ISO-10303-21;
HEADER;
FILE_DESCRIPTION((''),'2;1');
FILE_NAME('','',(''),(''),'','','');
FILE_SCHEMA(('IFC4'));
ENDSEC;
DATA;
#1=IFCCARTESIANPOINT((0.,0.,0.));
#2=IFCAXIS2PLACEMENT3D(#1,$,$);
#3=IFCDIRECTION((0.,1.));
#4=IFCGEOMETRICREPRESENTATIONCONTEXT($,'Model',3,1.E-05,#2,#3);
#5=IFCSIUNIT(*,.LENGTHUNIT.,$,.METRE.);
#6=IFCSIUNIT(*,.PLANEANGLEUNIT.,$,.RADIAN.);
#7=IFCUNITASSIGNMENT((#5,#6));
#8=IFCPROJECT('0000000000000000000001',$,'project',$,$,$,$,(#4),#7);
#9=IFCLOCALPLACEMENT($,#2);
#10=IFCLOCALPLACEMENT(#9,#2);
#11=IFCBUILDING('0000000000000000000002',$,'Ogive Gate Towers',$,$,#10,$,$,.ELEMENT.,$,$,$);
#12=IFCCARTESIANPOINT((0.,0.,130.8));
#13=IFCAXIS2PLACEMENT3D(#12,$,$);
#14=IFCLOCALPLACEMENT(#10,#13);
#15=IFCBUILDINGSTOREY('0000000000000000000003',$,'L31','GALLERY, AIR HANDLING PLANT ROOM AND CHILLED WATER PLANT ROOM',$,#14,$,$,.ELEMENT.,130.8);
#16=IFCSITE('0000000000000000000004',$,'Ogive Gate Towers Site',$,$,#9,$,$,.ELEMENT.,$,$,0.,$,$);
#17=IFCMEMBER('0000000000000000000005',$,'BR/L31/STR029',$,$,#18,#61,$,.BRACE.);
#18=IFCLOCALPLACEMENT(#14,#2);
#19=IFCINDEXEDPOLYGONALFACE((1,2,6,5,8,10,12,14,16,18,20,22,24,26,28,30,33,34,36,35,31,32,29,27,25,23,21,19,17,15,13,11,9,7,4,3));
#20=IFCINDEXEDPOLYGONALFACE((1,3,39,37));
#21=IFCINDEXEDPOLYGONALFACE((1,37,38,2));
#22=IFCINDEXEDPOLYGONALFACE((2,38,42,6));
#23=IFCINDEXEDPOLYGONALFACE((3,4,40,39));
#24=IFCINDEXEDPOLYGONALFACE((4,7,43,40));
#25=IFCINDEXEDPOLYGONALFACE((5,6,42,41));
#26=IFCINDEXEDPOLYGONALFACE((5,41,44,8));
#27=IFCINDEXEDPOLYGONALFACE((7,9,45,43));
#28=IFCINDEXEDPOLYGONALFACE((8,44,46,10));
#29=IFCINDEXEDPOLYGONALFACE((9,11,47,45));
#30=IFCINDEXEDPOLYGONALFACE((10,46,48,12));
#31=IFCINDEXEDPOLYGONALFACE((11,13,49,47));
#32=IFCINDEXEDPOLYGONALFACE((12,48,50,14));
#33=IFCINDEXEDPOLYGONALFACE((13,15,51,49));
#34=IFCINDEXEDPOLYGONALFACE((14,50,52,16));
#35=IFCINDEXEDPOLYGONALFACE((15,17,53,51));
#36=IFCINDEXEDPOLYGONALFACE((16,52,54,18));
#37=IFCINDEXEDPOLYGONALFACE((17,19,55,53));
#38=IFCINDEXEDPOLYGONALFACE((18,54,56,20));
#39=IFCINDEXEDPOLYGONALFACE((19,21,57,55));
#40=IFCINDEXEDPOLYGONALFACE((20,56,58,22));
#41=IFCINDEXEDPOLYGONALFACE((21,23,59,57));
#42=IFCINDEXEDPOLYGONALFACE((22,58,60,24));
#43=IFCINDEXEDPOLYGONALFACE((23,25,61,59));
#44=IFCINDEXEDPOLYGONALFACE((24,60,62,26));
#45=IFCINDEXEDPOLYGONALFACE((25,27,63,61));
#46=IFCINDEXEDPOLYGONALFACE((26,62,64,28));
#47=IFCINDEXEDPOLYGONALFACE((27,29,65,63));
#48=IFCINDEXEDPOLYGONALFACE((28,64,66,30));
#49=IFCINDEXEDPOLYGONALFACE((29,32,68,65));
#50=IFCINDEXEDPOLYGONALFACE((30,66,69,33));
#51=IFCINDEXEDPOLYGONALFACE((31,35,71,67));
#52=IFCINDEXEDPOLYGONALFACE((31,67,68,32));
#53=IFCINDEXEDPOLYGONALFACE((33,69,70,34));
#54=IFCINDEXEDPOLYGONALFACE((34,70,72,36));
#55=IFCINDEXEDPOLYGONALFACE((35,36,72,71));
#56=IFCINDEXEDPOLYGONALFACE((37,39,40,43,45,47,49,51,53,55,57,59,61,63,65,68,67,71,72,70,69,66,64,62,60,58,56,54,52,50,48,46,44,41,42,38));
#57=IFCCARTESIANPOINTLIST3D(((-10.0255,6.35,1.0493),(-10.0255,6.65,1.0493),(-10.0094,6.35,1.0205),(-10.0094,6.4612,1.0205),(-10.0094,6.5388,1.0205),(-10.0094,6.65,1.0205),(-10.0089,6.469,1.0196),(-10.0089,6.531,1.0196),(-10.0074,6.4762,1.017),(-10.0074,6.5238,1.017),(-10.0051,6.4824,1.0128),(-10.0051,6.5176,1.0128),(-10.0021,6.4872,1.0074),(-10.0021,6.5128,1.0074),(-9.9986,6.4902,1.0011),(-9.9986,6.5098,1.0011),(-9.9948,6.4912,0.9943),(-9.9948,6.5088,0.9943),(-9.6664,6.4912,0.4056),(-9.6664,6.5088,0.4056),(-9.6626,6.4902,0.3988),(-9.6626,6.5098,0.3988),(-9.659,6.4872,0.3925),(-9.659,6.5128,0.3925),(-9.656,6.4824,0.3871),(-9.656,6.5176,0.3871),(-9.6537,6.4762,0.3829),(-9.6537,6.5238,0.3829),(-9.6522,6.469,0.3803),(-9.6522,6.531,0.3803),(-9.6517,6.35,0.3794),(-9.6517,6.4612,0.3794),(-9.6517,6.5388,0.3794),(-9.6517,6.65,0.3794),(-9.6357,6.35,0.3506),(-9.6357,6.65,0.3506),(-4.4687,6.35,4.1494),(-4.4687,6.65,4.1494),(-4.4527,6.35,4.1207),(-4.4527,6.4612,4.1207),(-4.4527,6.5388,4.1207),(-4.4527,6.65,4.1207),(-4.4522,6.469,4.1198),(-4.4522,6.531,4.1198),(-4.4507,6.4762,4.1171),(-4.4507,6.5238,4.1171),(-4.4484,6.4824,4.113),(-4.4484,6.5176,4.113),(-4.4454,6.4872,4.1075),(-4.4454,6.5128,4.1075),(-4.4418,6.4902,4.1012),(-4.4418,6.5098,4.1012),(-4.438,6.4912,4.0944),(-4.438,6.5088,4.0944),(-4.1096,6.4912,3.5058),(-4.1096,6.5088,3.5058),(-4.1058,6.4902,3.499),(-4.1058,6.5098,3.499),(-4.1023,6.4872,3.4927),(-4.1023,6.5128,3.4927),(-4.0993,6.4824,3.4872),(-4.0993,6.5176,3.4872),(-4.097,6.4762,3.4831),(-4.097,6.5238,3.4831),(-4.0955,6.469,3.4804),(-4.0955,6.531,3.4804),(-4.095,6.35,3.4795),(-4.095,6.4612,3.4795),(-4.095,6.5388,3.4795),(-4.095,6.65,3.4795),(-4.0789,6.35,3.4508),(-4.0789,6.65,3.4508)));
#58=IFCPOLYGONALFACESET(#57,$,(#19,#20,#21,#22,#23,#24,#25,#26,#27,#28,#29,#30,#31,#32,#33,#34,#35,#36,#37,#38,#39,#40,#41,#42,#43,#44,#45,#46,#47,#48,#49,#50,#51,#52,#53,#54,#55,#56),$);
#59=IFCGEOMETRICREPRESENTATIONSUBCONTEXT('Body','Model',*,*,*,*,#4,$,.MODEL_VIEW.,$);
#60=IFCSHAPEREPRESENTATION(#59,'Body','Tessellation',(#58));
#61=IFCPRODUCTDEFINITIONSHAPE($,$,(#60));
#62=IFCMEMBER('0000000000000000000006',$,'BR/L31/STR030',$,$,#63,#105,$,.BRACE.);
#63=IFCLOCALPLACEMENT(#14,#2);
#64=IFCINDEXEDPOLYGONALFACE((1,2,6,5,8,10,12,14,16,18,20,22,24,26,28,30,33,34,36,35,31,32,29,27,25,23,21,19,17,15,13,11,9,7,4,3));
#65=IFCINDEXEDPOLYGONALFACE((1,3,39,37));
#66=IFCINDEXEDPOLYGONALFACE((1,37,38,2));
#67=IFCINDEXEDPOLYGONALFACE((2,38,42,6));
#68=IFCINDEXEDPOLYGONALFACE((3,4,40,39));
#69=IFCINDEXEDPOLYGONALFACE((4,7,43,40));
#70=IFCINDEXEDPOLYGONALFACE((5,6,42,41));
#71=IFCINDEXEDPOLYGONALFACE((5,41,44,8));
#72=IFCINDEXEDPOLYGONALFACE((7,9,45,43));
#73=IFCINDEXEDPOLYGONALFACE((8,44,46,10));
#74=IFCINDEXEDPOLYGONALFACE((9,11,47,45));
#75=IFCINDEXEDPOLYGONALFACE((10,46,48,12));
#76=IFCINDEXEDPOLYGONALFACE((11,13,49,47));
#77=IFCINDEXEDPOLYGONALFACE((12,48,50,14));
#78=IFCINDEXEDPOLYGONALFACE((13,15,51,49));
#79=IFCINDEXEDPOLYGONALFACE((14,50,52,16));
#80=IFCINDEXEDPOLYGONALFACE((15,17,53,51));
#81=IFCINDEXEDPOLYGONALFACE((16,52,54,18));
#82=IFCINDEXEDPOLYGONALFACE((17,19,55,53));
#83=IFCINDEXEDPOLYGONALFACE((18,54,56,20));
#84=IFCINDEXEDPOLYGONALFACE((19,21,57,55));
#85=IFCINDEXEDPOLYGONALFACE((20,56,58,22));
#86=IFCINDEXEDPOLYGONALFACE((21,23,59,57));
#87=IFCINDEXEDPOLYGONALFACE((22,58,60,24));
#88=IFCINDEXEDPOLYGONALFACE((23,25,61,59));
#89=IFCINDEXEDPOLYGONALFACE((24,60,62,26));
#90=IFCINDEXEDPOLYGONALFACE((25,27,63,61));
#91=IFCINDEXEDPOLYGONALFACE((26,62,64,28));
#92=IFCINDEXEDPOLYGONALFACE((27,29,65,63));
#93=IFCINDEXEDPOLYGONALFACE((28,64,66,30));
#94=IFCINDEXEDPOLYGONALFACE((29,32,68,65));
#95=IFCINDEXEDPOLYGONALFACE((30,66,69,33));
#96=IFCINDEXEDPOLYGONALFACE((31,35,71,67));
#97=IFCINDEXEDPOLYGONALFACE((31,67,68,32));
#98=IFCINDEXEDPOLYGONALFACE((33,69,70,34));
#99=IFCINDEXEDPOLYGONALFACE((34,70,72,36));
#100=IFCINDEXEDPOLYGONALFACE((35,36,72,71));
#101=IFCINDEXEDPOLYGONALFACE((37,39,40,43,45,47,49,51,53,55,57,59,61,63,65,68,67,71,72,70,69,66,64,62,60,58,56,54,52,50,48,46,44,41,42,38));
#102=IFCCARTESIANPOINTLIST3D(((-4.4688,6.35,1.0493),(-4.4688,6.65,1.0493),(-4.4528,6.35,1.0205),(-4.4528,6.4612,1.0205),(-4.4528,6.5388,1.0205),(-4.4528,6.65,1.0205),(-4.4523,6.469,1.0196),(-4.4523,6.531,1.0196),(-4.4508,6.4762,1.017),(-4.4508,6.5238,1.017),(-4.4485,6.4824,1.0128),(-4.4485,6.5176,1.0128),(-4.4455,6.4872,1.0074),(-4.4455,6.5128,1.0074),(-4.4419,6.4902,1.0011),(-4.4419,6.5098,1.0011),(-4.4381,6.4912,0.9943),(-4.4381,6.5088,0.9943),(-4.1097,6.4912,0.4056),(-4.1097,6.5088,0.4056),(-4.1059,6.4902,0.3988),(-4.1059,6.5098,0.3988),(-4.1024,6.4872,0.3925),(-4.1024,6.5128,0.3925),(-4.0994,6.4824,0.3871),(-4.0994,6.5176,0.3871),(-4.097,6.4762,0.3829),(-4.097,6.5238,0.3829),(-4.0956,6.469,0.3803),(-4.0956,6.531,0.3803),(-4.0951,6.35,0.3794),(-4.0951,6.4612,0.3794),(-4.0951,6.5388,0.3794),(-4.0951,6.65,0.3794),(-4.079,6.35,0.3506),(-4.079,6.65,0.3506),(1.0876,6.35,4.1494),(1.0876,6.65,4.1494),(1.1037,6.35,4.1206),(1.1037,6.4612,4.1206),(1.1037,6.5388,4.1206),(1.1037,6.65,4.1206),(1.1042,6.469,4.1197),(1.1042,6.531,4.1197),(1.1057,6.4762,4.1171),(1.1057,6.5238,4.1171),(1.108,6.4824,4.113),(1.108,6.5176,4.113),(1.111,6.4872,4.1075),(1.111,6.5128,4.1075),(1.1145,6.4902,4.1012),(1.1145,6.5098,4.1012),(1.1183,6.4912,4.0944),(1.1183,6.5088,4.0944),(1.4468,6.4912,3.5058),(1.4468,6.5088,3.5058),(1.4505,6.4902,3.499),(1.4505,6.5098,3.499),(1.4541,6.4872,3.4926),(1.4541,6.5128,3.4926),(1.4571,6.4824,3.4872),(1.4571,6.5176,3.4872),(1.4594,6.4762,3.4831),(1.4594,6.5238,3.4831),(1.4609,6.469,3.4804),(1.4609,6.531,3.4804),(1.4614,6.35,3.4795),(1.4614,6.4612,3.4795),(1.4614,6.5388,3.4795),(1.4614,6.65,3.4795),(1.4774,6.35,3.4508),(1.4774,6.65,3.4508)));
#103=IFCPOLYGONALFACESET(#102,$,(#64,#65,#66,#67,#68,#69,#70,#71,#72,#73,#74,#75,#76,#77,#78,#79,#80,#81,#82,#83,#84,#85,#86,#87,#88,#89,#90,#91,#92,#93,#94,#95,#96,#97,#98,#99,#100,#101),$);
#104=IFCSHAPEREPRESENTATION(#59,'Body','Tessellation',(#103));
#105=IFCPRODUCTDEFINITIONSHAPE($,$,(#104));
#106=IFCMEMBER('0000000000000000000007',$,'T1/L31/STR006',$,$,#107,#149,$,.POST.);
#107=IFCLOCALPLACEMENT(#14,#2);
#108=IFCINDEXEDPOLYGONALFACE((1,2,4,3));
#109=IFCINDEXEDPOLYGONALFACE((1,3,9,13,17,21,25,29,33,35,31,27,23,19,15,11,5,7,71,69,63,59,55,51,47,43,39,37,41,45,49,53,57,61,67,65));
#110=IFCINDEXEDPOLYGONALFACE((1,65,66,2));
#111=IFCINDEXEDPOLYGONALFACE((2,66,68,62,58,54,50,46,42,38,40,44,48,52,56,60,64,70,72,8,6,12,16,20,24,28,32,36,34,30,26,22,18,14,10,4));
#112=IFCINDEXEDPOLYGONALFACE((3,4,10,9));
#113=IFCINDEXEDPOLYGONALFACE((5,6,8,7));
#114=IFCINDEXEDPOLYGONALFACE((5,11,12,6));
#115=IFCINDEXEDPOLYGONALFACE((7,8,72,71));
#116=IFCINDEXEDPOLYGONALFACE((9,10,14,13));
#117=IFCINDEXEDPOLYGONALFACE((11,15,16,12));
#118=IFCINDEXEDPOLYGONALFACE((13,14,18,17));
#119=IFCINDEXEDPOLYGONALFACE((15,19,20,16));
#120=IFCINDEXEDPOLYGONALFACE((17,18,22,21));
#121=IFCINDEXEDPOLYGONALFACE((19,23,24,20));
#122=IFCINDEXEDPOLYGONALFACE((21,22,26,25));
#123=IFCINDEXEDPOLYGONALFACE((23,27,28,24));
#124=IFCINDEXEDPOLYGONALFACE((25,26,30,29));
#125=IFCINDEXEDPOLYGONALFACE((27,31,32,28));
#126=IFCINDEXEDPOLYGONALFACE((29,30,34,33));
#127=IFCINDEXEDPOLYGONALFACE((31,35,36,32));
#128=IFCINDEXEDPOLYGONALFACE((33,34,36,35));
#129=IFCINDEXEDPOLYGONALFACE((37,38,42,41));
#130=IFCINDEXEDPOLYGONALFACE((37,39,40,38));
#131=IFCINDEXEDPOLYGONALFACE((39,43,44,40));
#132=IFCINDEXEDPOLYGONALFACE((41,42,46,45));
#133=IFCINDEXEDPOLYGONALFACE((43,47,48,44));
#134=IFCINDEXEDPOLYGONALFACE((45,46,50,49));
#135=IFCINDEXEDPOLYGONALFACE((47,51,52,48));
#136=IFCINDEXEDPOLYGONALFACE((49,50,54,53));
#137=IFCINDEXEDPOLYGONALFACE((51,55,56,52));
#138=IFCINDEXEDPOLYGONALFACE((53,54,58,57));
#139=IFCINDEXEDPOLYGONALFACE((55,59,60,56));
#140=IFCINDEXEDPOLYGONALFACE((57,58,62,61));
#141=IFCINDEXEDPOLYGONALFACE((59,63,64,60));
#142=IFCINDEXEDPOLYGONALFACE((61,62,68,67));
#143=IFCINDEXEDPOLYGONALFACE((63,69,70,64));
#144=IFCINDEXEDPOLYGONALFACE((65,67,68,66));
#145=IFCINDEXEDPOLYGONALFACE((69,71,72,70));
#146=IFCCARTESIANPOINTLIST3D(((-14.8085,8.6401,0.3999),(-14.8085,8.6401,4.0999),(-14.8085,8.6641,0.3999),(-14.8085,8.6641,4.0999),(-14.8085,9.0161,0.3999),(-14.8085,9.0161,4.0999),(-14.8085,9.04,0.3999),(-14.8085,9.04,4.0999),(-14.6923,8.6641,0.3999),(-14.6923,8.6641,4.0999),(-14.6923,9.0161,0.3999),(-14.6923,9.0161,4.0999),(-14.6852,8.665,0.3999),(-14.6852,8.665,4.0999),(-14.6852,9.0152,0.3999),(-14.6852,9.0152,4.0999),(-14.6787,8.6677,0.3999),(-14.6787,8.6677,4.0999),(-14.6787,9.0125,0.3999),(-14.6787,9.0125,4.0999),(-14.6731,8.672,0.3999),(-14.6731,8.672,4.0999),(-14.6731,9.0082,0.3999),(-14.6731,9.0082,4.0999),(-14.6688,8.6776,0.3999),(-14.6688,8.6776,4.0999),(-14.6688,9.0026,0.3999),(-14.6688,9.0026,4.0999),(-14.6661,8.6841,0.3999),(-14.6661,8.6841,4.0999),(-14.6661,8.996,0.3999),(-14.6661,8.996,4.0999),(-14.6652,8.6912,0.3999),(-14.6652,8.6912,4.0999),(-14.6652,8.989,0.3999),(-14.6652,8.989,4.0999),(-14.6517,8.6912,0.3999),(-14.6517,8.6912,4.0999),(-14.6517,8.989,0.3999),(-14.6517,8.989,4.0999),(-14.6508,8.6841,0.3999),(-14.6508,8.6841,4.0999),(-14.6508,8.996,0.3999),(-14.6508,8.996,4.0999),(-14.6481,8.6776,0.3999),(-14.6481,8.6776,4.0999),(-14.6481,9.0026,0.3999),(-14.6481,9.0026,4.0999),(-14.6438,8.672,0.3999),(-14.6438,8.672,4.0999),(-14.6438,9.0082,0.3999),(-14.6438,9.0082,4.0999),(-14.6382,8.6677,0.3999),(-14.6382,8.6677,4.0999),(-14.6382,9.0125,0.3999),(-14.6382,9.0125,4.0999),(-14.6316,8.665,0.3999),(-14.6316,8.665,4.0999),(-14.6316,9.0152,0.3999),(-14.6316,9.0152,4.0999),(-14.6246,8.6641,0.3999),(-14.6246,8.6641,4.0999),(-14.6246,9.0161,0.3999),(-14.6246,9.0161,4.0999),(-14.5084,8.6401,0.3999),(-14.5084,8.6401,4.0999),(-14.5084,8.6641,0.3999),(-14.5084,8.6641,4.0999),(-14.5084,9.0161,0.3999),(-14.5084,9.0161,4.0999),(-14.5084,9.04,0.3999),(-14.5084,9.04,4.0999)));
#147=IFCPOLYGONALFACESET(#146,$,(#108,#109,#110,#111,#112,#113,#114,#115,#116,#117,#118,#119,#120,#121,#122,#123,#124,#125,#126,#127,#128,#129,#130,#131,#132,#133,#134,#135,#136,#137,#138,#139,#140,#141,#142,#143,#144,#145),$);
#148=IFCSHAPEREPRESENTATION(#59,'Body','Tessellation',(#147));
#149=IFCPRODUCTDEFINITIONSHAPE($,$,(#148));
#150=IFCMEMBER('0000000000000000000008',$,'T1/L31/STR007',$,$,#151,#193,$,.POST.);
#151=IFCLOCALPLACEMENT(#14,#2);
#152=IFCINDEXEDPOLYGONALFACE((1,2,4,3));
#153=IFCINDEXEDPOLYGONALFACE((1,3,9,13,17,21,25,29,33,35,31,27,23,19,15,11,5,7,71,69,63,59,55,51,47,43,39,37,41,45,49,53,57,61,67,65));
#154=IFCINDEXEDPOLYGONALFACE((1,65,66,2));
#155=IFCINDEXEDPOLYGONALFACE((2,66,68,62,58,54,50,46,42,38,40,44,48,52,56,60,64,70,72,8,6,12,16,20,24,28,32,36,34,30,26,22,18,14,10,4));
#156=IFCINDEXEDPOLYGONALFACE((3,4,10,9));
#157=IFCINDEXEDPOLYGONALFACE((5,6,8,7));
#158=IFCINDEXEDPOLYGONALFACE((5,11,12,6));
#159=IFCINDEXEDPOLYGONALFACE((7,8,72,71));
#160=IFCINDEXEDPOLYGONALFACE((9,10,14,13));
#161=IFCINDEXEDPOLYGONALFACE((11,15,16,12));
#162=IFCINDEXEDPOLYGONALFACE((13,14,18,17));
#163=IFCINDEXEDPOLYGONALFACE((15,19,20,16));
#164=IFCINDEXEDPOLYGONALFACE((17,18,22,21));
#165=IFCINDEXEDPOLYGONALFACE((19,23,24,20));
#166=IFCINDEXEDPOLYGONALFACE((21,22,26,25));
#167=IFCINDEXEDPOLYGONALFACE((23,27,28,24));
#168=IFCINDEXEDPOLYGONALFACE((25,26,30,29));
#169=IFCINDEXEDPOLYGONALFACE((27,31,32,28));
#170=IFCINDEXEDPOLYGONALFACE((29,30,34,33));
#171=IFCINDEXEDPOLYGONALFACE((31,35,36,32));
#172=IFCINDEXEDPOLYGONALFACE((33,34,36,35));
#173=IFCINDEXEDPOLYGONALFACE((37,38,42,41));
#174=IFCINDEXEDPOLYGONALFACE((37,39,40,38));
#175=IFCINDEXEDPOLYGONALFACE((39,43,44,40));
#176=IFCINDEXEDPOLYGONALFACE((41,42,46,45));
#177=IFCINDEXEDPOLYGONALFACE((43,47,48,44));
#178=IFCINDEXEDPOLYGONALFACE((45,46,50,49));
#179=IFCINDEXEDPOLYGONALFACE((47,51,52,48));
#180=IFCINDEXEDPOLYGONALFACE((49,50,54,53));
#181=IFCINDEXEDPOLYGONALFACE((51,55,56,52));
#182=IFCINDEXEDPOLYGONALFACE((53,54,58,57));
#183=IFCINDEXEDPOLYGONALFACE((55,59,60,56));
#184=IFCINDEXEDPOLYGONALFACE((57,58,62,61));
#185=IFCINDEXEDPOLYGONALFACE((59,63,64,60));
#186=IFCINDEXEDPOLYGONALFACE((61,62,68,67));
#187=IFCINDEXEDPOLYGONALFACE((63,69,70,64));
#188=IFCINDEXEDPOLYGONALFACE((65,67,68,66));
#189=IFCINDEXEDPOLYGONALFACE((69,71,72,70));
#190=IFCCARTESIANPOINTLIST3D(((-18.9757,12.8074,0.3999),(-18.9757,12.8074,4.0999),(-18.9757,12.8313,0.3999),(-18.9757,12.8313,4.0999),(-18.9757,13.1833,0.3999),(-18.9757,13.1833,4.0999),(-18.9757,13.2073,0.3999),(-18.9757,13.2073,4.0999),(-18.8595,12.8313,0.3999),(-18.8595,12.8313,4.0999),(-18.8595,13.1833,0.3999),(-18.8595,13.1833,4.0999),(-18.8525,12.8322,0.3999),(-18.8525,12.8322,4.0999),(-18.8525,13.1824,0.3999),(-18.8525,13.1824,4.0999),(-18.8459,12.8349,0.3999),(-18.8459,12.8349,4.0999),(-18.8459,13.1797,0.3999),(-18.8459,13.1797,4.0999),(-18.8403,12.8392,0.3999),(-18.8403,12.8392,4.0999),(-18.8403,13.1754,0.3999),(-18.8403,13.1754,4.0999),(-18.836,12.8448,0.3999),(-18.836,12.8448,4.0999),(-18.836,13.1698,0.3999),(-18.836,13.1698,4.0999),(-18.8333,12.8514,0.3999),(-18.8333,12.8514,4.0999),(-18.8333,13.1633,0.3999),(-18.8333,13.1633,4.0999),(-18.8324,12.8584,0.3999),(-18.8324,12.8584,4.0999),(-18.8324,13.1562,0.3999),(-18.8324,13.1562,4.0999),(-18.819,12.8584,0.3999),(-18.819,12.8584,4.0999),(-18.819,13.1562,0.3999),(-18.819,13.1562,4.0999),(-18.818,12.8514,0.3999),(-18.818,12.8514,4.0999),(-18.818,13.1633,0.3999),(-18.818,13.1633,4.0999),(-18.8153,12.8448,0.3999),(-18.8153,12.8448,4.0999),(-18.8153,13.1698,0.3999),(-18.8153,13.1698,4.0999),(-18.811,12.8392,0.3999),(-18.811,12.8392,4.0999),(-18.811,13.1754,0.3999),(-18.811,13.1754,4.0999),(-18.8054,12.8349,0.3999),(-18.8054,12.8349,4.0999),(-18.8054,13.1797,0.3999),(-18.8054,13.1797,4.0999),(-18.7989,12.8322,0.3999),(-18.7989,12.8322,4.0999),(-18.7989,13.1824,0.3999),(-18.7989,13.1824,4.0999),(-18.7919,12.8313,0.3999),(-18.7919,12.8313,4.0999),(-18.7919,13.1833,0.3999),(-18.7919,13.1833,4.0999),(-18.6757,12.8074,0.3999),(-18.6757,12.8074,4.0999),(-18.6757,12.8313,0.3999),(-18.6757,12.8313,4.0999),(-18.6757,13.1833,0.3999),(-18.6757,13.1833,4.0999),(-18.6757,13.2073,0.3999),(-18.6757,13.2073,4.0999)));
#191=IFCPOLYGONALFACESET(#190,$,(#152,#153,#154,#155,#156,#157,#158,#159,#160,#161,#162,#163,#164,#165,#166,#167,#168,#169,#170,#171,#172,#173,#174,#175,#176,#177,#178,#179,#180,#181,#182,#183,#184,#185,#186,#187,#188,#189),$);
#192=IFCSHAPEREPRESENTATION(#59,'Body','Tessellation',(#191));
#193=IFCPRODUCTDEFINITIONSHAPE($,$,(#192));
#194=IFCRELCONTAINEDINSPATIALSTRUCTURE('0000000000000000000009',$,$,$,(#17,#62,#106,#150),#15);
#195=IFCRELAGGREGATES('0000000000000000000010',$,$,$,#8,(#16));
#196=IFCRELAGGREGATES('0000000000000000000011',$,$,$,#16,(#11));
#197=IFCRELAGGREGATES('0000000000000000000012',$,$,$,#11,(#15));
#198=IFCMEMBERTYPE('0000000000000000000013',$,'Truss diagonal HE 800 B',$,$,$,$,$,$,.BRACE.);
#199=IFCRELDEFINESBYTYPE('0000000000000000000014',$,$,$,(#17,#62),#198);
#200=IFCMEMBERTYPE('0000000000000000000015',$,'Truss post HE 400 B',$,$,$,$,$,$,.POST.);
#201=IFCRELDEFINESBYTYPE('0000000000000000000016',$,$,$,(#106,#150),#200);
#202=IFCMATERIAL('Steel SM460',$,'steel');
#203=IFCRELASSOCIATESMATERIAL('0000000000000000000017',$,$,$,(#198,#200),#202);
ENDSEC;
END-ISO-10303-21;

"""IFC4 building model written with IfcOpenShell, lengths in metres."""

from ifc_helpers import new_model, si_unit, direction, frame, origin, origin_2d, place, context, subcontext, project, spatial, i_section, extrude, material, material_profile, profile_set, type_object, element, save


model = new_model("IFC4")

# Units and contexts
model_context = context("Model", 3, precision=1e-05, world=origin(), true_north=direction((0.0, 1.0)))
body_context = subcontext(model_context, "Body", "Model", "MODEL_VIEW")
ifc_project = project(units=[si_unit("LENGTHUNIT", "METRE"), si_unit("PLANEANGLEUNIT", "RADIAN")], contexts=[model_context])

# Site, building, storey
site_placement = place(None, origin())
site = spatial("IfcSite", under=ifc_project, at=site_placement, Name="Ogive Gate Towers Site", CompositionType="ELEMENT", RefElevation=0.0)
building_placement = place(site_placement, origin())
building = spatial("IfcBuilding", under=site, at=building_placement, Name="Ogive Gate Towers", CompositionType="ELEMENT")
storey_placement = place(building_placement, frame((0.0, 0.0, 130.8)))
storey = spatial("IfcBuildingStorey", under=building, at=storey_placement, Name="L31", Description="GALLERY, AIR HANDLING PLANT ROOM AND CHILLED WATER PLANT ROOM", CompositionType="ELEMENT", Elevation=130.8)

# Shared definitions
ifc_material_1 = material(Name="Steel SM460", Category="steel")

# Members
ifc_material_profile_1 = material_profile(ifc_material_1, i_section(OverallWidth=0.3, OverallDepth=0.8, WebThickness=0.0176, FlangeThickness=0.033, FilletRadius=0.03, at=origin_2d()), Name="HE 800 B")
ifc_profile_set_1 = profile_set([ifc_material_profile_1], Name="Steel SM460")
member_type_1 = type_object("IfcMemberType", Name="Truss diagonal HE 800 B", PredefinedType="BRACE", material=ifc_profile_set_1)
member_1_placement = place(storey_placement, frame((-9.8306, 6.5, 0.7), z_axis=(0.873284, 0.0, 0.487212), x_axis=(0.0, 1.0, 0.0)))
element("IfcMember", 1, at=member_1_placement, inside=storey, type_object=member_type_1, Name="BR/L31/STR029", PredefinedType="BRACE", context=body_context, shape_type="SweptSolid", body=[
    extrude(i_section(OverallWidth=0.3, OverallDepth=0.8, WebThickness=0.0176, FlangeThickness=0.033, FilletRadius=0.03, at=origin_2d()), origin(), (0.0, 0.0, 1.0), 6.363),
])
member_2_placement = place(storey_placement, frame((-4.2739, 6.5, 0.7), z_axis=(0.873274, 0.0, 0.487229), x_axis=(0.0, 1.0, 0.0)))
element("IfcMember", 2, at=member_2_placement, inside=storey, type_object=member_type_1, Name="BR/L31/STR030", PredefinedType="BRACE", context=body_context, shape_type="SweptSolid", body=[
    extrude(i_section(OverallWidth=0.3, OverallDepth=0.8, WebThickness=0.0176, FlangeThickness=0.033, FilletRadius=0.03, at=origin_2d()), origin(), (0.0, 0.0, 1.0), 6.3628),
])
ifc_material_profile_2 = material_profile(ifc_material_1, i_section(OverallWidth=0.3, OverallDepth=0.3999, WebThickness=0.0134, FlangeThickness=0.0239, FilletRadius=0.0271, at=origin_2d()), Name="HE 400 B")
ifc_profile_set_2 = profile_set([ifc_material_profile_2], Name="Steel SM460")
member_type_2 = type_object("IfcMemberType", Name="Truss post HE 400 B", PredefinedType="POST", material=ifc_profile_set_2)
for number, where, z_axis, x_axis, name in (
    (3, (-14.6584, 8.8401, 0.3999), (0.0, 0.0, 1.0), (1.0, 0.0, 0.0), "T1/L31/STR006"),
    (4, (-18.8257, 13.0073, 0.3999), (0.0, 0.0, 1.0), (1.0, 0.0, 0.0), "T1/L31/STR007"),
):
    element("IfcMember", number, at=place(storey_placement, frame(where, z_axis=z_axis, x_axis=x_axis)), inside=storey, type_object=member_type_2, Name=name, PredefinedType="POST", context=body_context, shape_type="SweptSolid", body=[
        extrude(i_section(OverallWidth=0.3, OverallDepth=0.3999, WebThickness=0.0134, FlangeThickness=0.0239, FilletRadius=0.0271, at=origin_2d()), origin(), (0.0, 0.0, 1.0), 3.7),
    ])

save(model, "model.ifc")
